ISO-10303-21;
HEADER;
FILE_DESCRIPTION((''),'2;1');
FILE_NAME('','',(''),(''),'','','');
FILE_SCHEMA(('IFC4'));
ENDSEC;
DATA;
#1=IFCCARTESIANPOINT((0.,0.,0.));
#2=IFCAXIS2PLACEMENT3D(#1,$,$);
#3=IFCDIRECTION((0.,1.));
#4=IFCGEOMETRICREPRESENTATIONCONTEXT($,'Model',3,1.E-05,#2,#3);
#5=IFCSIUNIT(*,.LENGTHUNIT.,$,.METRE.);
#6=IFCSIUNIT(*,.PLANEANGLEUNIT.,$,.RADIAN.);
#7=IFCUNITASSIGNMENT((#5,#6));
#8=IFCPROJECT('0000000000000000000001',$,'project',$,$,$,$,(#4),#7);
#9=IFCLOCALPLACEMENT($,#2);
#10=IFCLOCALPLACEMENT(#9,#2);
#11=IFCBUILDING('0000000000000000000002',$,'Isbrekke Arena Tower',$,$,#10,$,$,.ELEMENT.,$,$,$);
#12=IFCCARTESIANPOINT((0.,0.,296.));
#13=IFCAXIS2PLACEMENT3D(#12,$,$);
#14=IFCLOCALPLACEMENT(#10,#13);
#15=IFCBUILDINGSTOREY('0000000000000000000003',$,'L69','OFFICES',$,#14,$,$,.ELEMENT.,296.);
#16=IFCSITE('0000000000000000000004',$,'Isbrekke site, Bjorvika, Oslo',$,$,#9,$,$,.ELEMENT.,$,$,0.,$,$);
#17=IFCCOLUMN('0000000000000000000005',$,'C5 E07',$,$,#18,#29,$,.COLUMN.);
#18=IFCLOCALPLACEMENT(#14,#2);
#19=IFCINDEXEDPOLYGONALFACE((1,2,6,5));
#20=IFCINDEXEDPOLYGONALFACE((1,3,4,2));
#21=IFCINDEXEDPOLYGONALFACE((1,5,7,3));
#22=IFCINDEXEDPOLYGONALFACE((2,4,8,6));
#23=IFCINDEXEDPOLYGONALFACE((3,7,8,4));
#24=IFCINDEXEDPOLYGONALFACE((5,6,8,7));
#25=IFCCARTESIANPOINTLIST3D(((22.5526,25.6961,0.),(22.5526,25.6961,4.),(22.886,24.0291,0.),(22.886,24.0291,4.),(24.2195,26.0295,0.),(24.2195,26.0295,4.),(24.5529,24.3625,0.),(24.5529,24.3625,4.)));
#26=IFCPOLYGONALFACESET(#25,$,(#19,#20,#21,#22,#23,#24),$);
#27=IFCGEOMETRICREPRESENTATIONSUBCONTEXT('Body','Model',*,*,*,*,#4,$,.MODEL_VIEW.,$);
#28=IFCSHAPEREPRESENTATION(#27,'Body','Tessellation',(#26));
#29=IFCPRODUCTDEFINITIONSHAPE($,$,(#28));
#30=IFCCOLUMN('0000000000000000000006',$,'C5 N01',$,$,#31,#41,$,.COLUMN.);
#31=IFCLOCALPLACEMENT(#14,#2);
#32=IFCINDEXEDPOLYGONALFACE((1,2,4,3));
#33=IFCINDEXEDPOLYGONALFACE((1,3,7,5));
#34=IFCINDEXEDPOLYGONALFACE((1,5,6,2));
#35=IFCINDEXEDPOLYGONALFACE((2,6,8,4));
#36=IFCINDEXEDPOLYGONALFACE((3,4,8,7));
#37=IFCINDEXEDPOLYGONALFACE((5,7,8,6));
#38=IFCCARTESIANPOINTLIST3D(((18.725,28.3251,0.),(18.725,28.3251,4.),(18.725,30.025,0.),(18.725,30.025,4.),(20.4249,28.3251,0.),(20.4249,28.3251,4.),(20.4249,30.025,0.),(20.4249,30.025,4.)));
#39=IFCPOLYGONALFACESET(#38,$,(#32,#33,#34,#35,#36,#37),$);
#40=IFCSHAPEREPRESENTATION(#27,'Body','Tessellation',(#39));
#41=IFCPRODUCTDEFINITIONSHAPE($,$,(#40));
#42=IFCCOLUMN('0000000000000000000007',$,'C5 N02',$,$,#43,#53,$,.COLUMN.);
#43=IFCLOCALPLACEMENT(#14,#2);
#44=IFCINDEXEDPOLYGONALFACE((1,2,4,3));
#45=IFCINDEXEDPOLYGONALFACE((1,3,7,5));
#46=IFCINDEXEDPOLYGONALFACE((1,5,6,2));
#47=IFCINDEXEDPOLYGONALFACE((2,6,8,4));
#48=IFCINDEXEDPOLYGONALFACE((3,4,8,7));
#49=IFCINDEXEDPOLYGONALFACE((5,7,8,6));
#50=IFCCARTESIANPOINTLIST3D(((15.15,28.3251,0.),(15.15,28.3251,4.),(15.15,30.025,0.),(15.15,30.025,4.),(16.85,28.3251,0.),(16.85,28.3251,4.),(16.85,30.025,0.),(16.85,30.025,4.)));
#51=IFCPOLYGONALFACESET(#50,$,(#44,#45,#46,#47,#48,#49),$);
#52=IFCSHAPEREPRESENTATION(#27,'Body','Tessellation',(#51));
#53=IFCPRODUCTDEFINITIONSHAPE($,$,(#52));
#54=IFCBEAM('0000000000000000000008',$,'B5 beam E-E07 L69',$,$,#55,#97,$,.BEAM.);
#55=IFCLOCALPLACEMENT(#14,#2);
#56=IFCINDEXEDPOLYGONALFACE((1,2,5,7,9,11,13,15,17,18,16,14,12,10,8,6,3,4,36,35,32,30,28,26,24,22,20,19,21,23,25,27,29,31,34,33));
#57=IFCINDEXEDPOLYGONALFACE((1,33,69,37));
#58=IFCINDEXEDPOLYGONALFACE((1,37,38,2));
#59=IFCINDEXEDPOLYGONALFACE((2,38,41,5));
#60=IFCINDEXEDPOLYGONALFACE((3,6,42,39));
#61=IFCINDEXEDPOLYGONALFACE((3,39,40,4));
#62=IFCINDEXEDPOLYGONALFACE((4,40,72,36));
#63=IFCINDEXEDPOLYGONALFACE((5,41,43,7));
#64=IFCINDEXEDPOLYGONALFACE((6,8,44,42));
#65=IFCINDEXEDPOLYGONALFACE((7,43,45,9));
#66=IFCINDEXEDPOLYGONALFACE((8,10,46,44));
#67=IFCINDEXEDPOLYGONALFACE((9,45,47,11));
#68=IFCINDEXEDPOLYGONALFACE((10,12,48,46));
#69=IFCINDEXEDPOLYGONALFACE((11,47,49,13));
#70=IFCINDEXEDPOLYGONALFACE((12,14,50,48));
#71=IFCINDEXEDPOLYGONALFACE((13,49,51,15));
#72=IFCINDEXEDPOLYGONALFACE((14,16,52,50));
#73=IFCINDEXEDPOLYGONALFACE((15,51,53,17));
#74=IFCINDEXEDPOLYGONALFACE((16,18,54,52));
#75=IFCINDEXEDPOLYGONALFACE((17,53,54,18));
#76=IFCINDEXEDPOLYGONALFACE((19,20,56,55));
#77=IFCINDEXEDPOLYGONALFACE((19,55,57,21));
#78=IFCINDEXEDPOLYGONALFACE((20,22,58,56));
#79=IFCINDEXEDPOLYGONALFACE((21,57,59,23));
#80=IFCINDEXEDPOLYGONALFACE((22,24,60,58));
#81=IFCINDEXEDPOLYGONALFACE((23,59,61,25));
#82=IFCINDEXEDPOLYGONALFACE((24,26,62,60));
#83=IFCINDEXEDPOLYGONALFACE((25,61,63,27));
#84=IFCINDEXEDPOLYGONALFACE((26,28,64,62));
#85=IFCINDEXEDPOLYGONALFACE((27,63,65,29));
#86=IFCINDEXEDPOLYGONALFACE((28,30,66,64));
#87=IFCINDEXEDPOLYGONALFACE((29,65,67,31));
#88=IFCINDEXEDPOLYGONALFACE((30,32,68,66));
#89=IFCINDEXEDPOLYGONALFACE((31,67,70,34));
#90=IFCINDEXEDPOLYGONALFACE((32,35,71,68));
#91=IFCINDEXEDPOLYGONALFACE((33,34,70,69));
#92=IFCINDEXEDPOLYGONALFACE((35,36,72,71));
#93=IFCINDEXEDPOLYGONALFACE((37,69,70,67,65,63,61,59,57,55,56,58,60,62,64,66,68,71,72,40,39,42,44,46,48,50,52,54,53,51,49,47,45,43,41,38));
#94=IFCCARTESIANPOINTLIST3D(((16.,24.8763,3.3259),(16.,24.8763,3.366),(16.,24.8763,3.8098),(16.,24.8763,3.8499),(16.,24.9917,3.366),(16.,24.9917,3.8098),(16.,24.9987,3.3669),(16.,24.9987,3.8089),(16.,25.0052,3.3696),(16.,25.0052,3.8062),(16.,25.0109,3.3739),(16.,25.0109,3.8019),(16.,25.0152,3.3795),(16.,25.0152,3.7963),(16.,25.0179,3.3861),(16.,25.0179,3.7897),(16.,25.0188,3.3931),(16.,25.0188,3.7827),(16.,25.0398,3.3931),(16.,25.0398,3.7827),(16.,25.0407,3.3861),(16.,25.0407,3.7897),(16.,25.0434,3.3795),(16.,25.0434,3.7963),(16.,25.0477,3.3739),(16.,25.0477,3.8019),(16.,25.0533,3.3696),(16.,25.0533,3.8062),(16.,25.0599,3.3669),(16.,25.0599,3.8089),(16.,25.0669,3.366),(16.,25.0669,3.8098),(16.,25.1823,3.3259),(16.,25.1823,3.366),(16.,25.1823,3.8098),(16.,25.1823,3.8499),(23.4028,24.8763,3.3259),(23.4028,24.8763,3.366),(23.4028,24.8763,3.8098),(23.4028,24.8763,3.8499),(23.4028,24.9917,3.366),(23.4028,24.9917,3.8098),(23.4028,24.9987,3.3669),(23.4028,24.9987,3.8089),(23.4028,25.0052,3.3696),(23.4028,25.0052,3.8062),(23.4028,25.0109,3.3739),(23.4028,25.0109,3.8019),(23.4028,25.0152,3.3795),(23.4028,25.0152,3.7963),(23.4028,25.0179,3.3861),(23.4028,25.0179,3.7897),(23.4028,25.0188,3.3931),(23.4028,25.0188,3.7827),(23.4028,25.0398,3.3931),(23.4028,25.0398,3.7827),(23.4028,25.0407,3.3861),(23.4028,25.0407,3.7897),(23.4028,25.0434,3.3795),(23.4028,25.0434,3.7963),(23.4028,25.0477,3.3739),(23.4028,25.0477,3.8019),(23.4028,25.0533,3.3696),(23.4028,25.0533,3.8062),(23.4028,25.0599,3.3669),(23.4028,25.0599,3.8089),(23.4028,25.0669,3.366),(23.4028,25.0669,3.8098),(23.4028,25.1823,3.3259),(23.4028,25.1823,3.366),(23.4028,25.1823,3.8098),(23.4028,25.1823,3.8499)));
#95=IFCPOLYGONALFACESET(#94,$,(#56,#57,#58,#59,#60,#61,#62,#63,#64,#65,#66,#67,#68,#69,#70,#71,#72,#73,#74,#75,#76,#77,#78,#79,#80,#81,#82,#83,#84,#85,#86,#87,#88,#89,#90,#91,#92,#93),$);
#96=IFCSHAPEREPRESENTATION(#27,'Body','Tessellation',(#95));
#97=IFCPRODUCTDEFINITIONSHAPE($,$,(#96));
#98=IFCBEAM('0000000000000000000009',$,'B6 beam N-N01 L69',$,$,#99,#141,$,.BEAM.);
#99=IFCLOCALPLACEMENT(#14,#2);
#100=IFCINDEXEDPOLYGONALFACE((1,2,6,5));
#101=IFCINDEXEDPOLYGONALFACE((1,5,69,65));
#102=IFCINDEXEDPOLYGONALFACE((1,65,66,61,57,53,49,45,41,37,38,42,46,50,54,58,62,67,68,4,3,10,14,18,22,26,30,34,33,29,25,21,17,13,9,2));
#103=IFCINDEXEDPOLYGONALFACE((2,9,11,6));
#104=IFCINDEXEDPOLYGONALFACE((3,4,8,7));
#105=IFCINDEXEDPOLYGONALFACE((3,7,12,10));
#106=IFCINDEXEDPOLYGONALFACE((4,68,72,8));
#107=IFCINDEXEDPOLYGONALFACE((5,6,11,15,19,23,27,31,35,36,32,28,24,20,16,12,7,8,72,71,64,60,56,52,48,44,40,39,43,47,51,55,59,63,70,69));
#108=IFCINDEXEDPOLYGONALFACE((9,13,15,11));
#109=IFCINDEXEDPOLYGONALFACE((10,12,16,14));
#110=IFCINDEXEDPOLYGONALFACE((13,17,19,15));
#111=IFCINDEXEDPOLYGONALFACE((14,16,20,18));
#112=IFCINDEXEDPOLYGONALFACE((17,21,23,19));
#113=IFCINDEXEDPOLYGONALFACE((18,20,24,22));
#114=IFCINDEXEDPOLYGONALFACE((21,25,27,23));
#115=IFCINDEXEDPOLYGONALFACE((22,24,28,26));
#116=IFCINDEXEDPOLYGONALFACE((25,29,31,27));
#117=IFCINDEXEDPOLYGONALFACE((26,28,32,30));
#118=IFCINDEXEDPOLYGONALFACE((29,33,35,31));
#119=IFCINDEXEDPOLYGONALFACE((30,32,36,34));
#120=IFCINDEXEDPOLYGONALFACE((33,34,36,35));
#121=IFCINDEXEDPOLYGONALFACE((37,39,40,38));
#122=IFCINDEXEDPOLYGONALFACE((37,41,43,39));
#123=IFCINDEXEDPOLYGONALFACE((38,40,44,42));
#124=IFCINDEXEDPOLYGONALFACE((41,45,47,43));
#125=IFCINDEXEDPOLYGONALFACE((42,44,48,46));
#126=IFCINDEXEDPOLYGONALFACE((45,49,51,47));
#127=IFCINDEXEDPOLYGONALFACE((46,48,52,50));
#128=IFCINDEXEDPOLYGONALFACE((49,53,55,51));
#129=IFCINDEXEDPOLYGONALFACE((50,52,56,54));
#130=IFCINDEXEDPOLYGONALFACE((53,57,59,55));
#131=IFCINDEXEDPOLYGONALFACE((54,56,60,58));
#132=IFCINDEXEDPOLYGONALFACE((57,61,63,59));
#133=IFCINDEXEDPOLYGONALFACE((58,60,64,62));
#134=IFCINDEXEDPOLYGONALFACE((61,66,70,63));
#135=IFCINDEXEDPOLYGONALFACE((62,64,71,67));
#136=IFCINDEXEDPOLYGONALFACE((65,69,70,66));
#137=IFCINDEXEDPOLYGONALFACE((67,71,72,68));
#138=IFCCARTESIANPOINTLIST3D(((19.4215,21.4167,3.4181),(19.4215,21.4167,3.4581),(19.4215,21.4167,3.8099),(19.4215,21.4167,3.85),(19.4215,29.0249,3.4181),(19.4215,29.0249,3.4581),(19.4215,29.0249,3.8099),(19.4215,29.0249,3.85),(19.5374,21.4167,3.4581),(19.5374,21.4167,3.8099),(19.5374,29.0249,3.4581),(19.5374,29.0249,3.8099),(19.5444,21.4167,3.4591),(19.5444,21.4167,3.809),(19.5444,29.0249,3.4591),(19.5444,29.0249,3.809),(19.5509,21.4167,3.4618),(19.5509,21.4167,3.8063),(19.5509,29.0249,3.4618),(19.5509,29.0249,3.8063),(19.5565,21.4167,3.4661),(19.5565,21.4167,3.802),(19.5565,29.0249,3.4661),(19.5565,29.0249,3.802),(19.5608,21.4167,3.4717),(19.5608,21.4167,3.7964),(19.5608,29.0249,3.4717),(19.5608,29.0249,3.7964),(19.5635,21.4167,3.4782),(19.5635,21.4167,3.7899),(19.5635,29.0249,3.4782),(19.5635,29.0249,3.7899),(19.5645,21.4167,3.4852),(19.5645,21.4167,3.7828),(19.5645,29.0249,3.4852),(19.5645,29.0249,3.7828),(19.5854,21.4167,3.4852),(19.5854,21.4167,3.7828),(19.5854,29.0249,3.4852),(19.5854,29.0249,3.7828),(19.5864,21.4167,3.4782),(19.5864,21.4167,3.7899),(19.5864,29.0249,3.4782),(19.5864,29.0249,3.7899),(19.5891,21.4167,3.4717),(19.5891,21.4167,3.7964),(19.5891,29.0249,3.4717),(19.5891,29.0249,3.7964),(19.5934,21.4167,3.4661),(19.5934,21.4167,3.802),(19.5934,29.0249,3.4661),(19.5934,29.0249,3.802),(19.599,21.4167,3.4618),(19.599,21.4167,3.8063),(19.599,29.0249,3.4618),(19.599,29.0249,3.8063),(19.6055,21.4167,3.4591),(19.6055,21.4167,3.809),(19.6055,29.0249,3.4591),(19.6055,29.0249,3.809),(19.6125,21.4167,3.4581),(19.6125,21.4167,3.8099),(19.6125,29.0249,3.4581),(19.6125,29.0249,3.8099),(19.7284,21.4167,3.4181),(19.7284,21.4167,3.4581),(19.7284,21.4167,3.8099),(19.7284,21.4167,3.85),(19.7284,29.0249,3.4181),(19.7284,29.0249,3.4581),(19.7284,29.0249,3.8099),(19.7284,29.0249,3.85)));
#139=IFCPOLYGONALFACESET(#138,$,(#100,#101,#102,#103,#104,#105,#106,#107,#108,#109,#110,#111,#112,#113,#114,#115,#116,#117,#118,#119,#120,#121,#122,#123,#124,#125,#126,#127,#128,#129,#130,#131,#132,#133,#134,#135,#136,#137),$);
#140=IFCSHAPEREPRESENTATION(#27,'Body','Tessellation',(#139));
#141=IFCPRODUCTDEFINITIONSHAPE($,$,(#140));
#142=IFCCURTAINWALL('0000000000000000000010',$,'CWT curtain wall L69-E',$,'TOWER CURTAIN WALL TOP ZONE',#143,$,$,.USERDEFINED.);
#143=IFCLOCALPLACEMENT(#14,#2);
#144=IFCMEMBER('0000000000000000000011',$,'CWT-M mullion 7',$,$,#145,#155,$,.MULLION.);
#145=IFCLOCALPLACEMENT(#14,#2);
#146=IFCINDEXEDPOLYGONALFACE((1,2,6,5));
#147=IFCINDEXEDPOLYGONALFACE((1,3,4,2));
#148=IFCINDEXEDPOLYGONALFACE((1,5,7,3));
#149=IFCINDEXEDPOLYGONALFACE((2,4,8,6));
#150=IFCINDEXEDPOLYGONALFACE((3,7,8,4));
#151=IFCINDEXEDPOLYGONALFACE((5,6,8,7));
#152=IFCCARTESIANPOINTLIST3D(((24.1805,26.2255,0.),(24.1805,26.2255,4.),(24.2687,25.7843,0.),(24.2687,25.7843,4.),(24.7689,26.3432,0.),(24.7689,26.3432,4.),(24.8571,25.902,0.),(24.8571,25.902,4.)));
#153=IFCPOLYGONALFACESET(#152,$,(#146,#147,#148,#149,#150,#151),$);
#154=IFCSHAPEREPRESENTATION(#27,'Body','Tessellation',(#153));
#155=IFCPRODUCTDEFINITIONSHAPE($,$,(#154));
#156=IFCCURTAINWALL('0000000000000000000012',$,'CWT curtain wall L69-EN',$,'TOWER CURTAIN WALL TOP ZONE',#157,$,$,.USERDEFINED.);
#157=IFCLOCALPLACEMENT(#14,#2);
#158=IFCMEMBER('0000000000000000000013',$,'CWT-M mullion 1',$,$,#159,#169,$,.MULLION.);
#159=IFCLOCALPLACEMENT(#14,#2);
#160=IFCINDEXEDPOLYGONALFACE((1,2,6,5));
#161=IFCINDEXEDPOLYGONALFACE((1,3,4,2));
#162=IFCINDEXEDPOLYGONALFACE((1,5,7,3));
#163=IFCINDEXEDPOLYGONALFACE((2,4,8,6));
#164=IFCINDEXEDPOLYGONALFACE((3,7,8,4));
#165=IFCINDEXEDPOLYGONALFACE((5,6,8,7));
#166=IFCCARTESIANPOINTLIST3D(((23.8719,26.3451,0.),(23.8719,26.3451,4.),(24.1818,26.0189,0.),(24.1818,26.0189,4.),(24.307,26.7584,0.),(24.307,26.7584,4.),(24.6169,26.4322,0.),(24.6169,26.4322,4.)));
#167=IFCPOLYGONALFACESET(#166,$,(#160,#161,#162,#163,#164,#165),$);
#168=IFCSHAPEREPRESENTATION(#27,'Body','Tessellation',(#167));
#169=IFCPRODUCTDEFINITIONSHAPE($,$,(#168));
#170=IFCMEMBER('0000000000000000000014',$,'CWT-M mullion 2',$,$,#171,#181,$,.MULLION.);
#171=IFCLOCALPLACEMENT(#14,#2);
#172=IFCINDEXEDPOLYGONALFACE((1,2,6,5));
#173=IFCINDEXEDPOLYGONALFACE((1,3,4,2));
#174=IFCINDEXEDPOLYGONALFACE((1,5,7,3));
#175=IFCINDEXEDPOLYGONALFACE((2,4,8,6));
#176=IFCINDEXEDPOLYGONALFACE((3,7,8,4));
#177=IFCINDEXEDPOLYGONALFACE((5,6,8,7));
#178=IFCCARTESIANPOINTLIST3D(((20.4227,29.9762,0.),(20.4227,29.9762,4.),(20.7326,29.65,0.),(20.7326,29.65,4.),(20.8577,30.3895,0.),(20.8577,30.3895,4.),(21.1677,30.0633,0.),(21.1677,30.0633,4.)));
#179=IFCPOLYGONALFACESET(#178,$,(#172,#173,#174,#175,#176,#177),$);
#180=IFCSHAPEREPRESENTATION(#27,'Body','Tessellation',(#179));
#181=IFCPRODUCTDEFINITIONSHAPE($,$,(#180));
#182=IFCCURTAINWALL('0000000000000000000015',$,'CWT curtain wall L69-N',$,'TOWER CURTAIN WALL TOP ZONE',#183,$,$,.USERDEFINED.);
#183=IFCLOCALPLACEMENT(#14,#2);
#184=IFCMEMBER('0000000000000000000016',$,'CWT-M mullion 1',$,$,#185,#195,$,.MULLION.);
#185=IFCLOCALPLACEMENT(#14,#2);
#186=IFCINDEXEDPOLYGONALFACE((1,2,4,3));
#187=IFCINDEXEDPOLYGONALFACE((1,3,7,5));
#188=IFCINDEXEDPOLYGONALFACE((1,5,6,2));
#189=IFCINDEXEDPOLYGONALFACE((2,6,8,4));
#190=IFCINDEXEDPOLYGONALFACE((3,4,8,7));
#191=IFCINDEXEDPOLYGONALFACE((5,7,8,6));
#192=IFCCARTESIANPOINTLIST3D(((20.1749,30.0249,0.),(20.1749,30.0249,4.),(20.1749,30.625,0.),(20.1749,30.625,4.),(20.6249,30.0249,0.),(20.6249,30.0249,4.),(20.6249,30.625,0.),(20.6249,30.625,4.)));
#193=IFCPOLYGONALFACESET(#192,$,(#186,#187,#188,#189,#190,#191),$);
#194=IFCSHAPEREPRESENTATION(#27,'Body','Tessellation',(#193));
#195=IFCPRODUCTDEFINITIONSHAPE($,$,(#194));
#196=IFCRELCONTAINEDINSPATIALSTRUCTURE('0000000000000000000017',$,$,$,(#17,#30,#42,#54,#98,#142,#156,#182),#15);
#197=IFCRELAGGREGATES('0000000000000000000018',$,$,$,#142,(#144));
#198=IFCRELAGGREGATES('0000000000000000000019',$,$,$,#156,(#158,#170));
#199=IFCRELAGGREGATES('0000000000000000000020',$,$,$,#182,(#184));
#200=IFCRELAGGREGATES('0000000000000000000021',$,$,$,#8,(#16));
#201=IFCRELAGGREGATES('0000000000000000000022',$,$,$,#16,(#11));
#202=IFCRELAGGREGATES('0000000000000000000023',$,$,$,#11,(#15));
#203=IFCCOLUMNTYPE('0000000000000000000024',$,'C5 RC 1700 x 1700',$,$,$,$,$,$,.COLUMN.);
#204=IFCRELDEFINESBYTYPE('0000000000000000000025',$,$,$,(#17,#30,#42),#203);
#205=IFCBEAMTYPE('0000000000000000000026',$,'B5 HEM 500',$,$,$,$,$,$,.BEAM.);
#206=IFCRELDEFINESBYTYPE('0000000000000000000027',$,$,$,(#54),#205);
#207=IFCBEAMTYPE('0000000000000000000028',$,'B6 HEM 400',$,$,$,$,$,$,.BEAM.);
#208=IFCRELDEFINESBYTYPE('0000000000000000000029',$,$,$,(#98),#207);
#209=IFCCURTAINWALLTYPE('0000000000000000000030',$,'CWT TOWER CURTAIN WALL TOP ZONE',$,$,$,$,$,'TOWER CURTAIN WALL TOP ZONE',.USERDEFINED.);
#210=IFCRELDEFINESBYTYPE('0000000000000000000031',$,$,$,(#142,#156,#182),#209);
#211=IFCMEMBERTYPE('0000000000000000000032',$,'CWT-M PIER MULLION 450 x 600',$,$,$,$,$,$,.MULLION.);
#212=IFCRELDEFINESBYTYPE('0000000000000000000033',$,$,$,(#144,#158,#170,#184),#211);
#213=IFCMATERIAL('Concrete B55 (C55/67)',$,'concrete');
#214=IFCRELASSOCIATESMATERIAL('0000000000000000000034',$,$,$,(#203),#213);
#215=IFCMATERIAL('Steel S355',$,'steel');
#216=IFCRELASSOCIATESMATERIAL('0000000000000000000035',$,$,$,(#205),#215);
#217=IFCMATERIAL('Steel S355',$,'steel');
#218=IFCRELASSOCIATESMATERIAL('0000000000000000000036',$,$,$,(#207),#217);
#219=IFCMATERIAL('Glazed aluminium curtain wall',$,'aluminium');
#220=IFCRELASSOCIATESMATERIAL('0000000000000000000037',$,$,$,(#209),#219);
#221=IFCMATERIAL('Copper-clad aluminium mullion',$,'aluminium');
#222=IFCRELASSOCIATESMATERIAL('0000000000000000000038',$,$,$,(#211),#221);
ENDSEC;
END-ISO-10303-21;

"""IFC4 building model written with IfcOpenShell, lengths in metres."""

from ifc_helpers import new_model, si_unit, direction, frame, origin, origin_2d, place, context, subcontext, project, spatial, rectangle, i_section, extrude, material, material_profile, profile_set, type_object, element, aggregate, save


model = new_model("IFC4")

# Units and contexts
model_context = context("Model", 3, precision=1e-05, world=origin(), true_north=direction((0.0, 1.0)))
body_context = subcontext(model_context, "Body", "Model", "MODEL_VIEW")
ifc_project = project(units=[si_unit("LENGTHUNIT", "METRE"), si_unit("PLANEANGLEUNIT", "RADIAN")], contexts=[model_context])

# Site, building, storey
site_placement = place(None, origin())
site = spatial("IfcSite", under=ifc_project, at=site_placement, Name="Isbrekke site, Bjorvika, Oslo", CompositionType="ELEMENT", RefElevation=0.0)
building_placement = place(site_placement, origin())
building = spatial("IfcBuilding", under=site, at=building_placement, Name="Isbrekke Arena Tower", CompositionType="ELEMENT")
storey_placement = place(building_placement, frame((0.0, 0.0, 296.0)))
storey = spatial("IfcBuildingStorey", under=building, at=storey_placement, Name="L69", Description="OFFICES", CompositionType="ELEMENT", Elevation=296.0)

# Columns
ifc_material_1 = material(Name="Concrete B55 (C55/67)", Category="concrete")
ifc_material_profile_1 = material_profile(ifc_material_1, rectangle(XDim=1.7, YDim=1.7, at=origin_2d()), Name="RC 1700x1700")
ifc_profile_set_1 = profile_set([ifc_material_profile_1], Name="Concrete B55 (C55/67)")
column_type = type_object("IfcColumnType", Name="C5 RC 1700 x 1700", PredefinedType="COLUMN", material=ifc_profile_set_1)
for number, where, z_axis, x_axis, name in (
    (1, (23.5527, 25.0293, 0.0), (0.0, 0.0, 1.0), (-0.196116, 0.980581, 0.0), "C5 E07"),
    (2, (19.575, 29.175, 0.0), (0.0, 0.0, 1.0), (-1.0, 0.0, 0.0), "C5 N01"),
    (3, (16.0, 29.175, 0.0), (0.0, 0.0, 1.0), (-1.0, 0.0, 0.0), "C5 N02"),
):
    element("IfcColumn", number, at=place(storey_placement, frame(where, z_axis=z_axis, x_axis=x_axis)), inside=storey, type_object=column_type, Name=name, PredefinedType="COLUMN", context=body_context, shape_type="SweptSolid", body=[
        extrude(rectangle(XDim=1.7, YDim=1.7, at=origin_2d()), origin(), (0.0, 0.0, 1.0), 4.0),
    ])

# Beams
ifc_material_2 = material(Name="Steel S355", Category="steel")
ifc_material_profile_2 = material_profile(ifc_material_2, i_section(OverallWidth=0.3059, OverallDepth=0.5239, WebThickness=0.021, FlangeThickness=0.04, FilletRadius=0.0271, at=origin_2d()), Name="HEM 500")
ifc_profile_set_2 = profile_set([ifc_material_profile_2], Name="Steel S355")
beam_type_1 = type_object("IfcBeamType", Name="B5 HEM 500", PredefinedType="BEAM", material=ifc_profile_set_2)
beam_1_placement = place(storey_placement, frame((23.4028, 25.0293, 3.5879), z_axis=(-1.0, 0.0, 0.0), x_axis=(0.0, -1.0, 0.0)))
element("IfcBeam", 4, at=beam_1_placement, inside=storey, type_object=beam_type_1, Name="B5 beam E-E07 L69", PredefinedType="BEAM", context=body_context, shape_type="SweptSolid", body=[
    extrude(i_section(OverallWidth=0.3059, OverallDepth=0.5239, WebThickness=0.021, FlangeThickness=0.04, FilletRadius=0.0271, at=origin_2d()), origin(), (0.0, 0.0, 1.0), 7.4028),
])
ifc_material_3 = material(Name="Steel S355", Category="steel")
ifc_material_profile_3 = material_profile(ifc_material_3, i_section(OverallWidth=0.3069, OverallDepth=0.4319, WebThickness=0.021, FlangeThickness=0.04, FilletRadius=0.0271, at=origin_2d()), Name="HEM 400")
ifc_profile_set_3 = profile_set([ifc_material_profile_3], Name="Steel S355")
beam_type_2 = type_object("IfcBeamType", Name="B6 HEM 400", PredefinedType="BEAM", material=ifc_profile_set_3)
beam_2_placement = place(storey_placement, frame((19.575, 29.0249, 3.634), z_axis=(0.0, -1.0, 0.0), x_axis=(1.0, 0.0, 0.0)))
element("IfcBeam", 5, at=beam_2_placement, inside=storey, type_object=beam_type_2, Name="B6 beam N-N01 L69", PredefinedType="BEAM", context=body_context, shape_type="SweptSolid", body=[
    extrude(i_section(OverallWidth=0.3069, OverallDepth=0.4319, WebThickness=0.021, FlangeThickness=0.04, FilletRadius=0.0271, at=origin_2d()), origin(), (0.0, 0.0, 1.0), 7.6082),
])

# Curtain wall, member
ifc_material_4 = material(Name="Glazed aluminium curtain wall", Category="aluminium")
curtain_wall_type = type_object("IfcCurtainWallType", Name="CWT TOWER CURTAIN WALL TOP ZONE", ElementType="TOWER CURTAIN WALL TOP ZONE", PredefinedType="USERDEFINED", material=ifc_material_4)
curtain_wall_1_placement = place(storey_placement, origin())
curtain_wall_1 = element("IfcCurtainWall", 6, at=curtain_wall_1_placement, inside=storey, type_object=curtain_wall_type, Name="CWT curtain wall L69-E", ObjectType="TOWER CURTAIN WALL TOP ZONE", PredefinedType="USERDEFINED")
ifc_material_5 = material(Name="Copper-clad aluminium mullion", Category="aluminium")
ifc_material_profile_4 = material_profile(ifc_material_5, rectangle(XDim=0.45, YDim=0.6001, at=origin_2d()), Name="PIER 450X600")
ifc_profile_set_4 = profile_set([ifc_material_profile_4], Name="Copper-clad aluminium mullion")
member_type_1 = type_object("IfcMemberType", Name="CWT-M PIER MULLION 450 x 600", PredefinedType="MULLION", material=ifc_profile_set_4)
member_1_placement = place(storey_placement, frame((24.5188, 26.0637, 0.0), z_axis=(0.0, 0.0, 1.0), x_axis=(-0.196116, 0.980581, 0.0)))
member_1 = element("IfcMember", 7, at=member_1_placement, type_object=member_type_1, Name="CWT-M mullion 7", PredefinedType="MULLION", context=body_context, shape_type="SweptSolid", body=[
    extrude(rectangle(XDim=0.45, YDim=0.6001, at=origin_2d()), origin(), (0.0, 0.0, 1.0), 4.0),
])

# Curtain walls, members
curtain_wall_2_placement = place(storey_placement, origin())
curtain_wall_2 = element("IfcCurtainWall", 8, at=curtain_wall_2_placement, inside=storey, type_object=curtain_wall_type, Name="CWT curtain wall L69-EN", ObjectType="TOWER CURTAIN WALL TOP ZONE", PredefinedType="USERDEFINED")
member_2_placement = place(storey_placement, frame((24.2444, 26.3887, 0.0), z_axis=(0.0, 0.0, 1.0), x_axis=(-0.688749, 0.724999, 0.0)))
member_2 = element("IfcMember", 9, at=member_2_placement, type_object=member_type_1, Name="CWT-M mullion 1", PredefinedType="MULLION", context=body_context, shape_type="SweptSolid", body=[
    extrude(rectangle(XDim=0.45, YDim=0.6001, at=origin_2d()), origin(), (0.0, 0.0, 1.0), 4.0),
])
member_3_placement = place(storey_placement, frame((20.7952, 30.0198, 0.0), z_axis=(0.0, 0.0, 1.0), x_axis=(-0.688749, 0.724999, 0.0)))
member_3 = element("IfcMember", 10, at=member_3_placement, type_object=member_type_1, Name="CWT-M mullion 2", PredefinedType="MULLION", context=body_context, shape_type="SweptSolid", body=[
    extrude(rectangle(XDim=0.45, YDim=0.6001, at=origin_2d()), origin(), (0.0, 0.0, 1.0), 4.0),
])
curtain_wall_3_placement = place(storey_placement, origin())
curtain_wall_3 = element("IfcCurtainWall", 11, at=curtain_wall_3_placement, inside=storey, type_object=curtain_wall_type, Name="CWT curtain wall L69-N", ObjectType="TOWER CURTAIN WALL TOP ZONE", PredefinedType="USERDEFINED")
member_4_placement = place(storey_placement, frame((20.3999, 30.325, 0.0), z_axis=(0.0, 0.0, 1.0), x_axis=(-1.0, 0.0, 0.0)))
member_4 = element("IfcMember", 12, at=member_4_placement, type_object=member_type_1, Name="CWT-M mullion 1", PredefinedType="MULLION", context=body_context, shape_type="SweptSolid", body=[
    extrude(rectangle(XDim=0.45, YDim=0.6001, at=origin_2d()), origin(), (0.0, 0.0, 1.0), 4.0),
])

aggregate(curtain_wall_1, [member_1])
aggregate(curtain_wall_2, [member_2, member_3])
aggregate(curtain_wall_3, [member_4])

save(model, "model.ifc")
